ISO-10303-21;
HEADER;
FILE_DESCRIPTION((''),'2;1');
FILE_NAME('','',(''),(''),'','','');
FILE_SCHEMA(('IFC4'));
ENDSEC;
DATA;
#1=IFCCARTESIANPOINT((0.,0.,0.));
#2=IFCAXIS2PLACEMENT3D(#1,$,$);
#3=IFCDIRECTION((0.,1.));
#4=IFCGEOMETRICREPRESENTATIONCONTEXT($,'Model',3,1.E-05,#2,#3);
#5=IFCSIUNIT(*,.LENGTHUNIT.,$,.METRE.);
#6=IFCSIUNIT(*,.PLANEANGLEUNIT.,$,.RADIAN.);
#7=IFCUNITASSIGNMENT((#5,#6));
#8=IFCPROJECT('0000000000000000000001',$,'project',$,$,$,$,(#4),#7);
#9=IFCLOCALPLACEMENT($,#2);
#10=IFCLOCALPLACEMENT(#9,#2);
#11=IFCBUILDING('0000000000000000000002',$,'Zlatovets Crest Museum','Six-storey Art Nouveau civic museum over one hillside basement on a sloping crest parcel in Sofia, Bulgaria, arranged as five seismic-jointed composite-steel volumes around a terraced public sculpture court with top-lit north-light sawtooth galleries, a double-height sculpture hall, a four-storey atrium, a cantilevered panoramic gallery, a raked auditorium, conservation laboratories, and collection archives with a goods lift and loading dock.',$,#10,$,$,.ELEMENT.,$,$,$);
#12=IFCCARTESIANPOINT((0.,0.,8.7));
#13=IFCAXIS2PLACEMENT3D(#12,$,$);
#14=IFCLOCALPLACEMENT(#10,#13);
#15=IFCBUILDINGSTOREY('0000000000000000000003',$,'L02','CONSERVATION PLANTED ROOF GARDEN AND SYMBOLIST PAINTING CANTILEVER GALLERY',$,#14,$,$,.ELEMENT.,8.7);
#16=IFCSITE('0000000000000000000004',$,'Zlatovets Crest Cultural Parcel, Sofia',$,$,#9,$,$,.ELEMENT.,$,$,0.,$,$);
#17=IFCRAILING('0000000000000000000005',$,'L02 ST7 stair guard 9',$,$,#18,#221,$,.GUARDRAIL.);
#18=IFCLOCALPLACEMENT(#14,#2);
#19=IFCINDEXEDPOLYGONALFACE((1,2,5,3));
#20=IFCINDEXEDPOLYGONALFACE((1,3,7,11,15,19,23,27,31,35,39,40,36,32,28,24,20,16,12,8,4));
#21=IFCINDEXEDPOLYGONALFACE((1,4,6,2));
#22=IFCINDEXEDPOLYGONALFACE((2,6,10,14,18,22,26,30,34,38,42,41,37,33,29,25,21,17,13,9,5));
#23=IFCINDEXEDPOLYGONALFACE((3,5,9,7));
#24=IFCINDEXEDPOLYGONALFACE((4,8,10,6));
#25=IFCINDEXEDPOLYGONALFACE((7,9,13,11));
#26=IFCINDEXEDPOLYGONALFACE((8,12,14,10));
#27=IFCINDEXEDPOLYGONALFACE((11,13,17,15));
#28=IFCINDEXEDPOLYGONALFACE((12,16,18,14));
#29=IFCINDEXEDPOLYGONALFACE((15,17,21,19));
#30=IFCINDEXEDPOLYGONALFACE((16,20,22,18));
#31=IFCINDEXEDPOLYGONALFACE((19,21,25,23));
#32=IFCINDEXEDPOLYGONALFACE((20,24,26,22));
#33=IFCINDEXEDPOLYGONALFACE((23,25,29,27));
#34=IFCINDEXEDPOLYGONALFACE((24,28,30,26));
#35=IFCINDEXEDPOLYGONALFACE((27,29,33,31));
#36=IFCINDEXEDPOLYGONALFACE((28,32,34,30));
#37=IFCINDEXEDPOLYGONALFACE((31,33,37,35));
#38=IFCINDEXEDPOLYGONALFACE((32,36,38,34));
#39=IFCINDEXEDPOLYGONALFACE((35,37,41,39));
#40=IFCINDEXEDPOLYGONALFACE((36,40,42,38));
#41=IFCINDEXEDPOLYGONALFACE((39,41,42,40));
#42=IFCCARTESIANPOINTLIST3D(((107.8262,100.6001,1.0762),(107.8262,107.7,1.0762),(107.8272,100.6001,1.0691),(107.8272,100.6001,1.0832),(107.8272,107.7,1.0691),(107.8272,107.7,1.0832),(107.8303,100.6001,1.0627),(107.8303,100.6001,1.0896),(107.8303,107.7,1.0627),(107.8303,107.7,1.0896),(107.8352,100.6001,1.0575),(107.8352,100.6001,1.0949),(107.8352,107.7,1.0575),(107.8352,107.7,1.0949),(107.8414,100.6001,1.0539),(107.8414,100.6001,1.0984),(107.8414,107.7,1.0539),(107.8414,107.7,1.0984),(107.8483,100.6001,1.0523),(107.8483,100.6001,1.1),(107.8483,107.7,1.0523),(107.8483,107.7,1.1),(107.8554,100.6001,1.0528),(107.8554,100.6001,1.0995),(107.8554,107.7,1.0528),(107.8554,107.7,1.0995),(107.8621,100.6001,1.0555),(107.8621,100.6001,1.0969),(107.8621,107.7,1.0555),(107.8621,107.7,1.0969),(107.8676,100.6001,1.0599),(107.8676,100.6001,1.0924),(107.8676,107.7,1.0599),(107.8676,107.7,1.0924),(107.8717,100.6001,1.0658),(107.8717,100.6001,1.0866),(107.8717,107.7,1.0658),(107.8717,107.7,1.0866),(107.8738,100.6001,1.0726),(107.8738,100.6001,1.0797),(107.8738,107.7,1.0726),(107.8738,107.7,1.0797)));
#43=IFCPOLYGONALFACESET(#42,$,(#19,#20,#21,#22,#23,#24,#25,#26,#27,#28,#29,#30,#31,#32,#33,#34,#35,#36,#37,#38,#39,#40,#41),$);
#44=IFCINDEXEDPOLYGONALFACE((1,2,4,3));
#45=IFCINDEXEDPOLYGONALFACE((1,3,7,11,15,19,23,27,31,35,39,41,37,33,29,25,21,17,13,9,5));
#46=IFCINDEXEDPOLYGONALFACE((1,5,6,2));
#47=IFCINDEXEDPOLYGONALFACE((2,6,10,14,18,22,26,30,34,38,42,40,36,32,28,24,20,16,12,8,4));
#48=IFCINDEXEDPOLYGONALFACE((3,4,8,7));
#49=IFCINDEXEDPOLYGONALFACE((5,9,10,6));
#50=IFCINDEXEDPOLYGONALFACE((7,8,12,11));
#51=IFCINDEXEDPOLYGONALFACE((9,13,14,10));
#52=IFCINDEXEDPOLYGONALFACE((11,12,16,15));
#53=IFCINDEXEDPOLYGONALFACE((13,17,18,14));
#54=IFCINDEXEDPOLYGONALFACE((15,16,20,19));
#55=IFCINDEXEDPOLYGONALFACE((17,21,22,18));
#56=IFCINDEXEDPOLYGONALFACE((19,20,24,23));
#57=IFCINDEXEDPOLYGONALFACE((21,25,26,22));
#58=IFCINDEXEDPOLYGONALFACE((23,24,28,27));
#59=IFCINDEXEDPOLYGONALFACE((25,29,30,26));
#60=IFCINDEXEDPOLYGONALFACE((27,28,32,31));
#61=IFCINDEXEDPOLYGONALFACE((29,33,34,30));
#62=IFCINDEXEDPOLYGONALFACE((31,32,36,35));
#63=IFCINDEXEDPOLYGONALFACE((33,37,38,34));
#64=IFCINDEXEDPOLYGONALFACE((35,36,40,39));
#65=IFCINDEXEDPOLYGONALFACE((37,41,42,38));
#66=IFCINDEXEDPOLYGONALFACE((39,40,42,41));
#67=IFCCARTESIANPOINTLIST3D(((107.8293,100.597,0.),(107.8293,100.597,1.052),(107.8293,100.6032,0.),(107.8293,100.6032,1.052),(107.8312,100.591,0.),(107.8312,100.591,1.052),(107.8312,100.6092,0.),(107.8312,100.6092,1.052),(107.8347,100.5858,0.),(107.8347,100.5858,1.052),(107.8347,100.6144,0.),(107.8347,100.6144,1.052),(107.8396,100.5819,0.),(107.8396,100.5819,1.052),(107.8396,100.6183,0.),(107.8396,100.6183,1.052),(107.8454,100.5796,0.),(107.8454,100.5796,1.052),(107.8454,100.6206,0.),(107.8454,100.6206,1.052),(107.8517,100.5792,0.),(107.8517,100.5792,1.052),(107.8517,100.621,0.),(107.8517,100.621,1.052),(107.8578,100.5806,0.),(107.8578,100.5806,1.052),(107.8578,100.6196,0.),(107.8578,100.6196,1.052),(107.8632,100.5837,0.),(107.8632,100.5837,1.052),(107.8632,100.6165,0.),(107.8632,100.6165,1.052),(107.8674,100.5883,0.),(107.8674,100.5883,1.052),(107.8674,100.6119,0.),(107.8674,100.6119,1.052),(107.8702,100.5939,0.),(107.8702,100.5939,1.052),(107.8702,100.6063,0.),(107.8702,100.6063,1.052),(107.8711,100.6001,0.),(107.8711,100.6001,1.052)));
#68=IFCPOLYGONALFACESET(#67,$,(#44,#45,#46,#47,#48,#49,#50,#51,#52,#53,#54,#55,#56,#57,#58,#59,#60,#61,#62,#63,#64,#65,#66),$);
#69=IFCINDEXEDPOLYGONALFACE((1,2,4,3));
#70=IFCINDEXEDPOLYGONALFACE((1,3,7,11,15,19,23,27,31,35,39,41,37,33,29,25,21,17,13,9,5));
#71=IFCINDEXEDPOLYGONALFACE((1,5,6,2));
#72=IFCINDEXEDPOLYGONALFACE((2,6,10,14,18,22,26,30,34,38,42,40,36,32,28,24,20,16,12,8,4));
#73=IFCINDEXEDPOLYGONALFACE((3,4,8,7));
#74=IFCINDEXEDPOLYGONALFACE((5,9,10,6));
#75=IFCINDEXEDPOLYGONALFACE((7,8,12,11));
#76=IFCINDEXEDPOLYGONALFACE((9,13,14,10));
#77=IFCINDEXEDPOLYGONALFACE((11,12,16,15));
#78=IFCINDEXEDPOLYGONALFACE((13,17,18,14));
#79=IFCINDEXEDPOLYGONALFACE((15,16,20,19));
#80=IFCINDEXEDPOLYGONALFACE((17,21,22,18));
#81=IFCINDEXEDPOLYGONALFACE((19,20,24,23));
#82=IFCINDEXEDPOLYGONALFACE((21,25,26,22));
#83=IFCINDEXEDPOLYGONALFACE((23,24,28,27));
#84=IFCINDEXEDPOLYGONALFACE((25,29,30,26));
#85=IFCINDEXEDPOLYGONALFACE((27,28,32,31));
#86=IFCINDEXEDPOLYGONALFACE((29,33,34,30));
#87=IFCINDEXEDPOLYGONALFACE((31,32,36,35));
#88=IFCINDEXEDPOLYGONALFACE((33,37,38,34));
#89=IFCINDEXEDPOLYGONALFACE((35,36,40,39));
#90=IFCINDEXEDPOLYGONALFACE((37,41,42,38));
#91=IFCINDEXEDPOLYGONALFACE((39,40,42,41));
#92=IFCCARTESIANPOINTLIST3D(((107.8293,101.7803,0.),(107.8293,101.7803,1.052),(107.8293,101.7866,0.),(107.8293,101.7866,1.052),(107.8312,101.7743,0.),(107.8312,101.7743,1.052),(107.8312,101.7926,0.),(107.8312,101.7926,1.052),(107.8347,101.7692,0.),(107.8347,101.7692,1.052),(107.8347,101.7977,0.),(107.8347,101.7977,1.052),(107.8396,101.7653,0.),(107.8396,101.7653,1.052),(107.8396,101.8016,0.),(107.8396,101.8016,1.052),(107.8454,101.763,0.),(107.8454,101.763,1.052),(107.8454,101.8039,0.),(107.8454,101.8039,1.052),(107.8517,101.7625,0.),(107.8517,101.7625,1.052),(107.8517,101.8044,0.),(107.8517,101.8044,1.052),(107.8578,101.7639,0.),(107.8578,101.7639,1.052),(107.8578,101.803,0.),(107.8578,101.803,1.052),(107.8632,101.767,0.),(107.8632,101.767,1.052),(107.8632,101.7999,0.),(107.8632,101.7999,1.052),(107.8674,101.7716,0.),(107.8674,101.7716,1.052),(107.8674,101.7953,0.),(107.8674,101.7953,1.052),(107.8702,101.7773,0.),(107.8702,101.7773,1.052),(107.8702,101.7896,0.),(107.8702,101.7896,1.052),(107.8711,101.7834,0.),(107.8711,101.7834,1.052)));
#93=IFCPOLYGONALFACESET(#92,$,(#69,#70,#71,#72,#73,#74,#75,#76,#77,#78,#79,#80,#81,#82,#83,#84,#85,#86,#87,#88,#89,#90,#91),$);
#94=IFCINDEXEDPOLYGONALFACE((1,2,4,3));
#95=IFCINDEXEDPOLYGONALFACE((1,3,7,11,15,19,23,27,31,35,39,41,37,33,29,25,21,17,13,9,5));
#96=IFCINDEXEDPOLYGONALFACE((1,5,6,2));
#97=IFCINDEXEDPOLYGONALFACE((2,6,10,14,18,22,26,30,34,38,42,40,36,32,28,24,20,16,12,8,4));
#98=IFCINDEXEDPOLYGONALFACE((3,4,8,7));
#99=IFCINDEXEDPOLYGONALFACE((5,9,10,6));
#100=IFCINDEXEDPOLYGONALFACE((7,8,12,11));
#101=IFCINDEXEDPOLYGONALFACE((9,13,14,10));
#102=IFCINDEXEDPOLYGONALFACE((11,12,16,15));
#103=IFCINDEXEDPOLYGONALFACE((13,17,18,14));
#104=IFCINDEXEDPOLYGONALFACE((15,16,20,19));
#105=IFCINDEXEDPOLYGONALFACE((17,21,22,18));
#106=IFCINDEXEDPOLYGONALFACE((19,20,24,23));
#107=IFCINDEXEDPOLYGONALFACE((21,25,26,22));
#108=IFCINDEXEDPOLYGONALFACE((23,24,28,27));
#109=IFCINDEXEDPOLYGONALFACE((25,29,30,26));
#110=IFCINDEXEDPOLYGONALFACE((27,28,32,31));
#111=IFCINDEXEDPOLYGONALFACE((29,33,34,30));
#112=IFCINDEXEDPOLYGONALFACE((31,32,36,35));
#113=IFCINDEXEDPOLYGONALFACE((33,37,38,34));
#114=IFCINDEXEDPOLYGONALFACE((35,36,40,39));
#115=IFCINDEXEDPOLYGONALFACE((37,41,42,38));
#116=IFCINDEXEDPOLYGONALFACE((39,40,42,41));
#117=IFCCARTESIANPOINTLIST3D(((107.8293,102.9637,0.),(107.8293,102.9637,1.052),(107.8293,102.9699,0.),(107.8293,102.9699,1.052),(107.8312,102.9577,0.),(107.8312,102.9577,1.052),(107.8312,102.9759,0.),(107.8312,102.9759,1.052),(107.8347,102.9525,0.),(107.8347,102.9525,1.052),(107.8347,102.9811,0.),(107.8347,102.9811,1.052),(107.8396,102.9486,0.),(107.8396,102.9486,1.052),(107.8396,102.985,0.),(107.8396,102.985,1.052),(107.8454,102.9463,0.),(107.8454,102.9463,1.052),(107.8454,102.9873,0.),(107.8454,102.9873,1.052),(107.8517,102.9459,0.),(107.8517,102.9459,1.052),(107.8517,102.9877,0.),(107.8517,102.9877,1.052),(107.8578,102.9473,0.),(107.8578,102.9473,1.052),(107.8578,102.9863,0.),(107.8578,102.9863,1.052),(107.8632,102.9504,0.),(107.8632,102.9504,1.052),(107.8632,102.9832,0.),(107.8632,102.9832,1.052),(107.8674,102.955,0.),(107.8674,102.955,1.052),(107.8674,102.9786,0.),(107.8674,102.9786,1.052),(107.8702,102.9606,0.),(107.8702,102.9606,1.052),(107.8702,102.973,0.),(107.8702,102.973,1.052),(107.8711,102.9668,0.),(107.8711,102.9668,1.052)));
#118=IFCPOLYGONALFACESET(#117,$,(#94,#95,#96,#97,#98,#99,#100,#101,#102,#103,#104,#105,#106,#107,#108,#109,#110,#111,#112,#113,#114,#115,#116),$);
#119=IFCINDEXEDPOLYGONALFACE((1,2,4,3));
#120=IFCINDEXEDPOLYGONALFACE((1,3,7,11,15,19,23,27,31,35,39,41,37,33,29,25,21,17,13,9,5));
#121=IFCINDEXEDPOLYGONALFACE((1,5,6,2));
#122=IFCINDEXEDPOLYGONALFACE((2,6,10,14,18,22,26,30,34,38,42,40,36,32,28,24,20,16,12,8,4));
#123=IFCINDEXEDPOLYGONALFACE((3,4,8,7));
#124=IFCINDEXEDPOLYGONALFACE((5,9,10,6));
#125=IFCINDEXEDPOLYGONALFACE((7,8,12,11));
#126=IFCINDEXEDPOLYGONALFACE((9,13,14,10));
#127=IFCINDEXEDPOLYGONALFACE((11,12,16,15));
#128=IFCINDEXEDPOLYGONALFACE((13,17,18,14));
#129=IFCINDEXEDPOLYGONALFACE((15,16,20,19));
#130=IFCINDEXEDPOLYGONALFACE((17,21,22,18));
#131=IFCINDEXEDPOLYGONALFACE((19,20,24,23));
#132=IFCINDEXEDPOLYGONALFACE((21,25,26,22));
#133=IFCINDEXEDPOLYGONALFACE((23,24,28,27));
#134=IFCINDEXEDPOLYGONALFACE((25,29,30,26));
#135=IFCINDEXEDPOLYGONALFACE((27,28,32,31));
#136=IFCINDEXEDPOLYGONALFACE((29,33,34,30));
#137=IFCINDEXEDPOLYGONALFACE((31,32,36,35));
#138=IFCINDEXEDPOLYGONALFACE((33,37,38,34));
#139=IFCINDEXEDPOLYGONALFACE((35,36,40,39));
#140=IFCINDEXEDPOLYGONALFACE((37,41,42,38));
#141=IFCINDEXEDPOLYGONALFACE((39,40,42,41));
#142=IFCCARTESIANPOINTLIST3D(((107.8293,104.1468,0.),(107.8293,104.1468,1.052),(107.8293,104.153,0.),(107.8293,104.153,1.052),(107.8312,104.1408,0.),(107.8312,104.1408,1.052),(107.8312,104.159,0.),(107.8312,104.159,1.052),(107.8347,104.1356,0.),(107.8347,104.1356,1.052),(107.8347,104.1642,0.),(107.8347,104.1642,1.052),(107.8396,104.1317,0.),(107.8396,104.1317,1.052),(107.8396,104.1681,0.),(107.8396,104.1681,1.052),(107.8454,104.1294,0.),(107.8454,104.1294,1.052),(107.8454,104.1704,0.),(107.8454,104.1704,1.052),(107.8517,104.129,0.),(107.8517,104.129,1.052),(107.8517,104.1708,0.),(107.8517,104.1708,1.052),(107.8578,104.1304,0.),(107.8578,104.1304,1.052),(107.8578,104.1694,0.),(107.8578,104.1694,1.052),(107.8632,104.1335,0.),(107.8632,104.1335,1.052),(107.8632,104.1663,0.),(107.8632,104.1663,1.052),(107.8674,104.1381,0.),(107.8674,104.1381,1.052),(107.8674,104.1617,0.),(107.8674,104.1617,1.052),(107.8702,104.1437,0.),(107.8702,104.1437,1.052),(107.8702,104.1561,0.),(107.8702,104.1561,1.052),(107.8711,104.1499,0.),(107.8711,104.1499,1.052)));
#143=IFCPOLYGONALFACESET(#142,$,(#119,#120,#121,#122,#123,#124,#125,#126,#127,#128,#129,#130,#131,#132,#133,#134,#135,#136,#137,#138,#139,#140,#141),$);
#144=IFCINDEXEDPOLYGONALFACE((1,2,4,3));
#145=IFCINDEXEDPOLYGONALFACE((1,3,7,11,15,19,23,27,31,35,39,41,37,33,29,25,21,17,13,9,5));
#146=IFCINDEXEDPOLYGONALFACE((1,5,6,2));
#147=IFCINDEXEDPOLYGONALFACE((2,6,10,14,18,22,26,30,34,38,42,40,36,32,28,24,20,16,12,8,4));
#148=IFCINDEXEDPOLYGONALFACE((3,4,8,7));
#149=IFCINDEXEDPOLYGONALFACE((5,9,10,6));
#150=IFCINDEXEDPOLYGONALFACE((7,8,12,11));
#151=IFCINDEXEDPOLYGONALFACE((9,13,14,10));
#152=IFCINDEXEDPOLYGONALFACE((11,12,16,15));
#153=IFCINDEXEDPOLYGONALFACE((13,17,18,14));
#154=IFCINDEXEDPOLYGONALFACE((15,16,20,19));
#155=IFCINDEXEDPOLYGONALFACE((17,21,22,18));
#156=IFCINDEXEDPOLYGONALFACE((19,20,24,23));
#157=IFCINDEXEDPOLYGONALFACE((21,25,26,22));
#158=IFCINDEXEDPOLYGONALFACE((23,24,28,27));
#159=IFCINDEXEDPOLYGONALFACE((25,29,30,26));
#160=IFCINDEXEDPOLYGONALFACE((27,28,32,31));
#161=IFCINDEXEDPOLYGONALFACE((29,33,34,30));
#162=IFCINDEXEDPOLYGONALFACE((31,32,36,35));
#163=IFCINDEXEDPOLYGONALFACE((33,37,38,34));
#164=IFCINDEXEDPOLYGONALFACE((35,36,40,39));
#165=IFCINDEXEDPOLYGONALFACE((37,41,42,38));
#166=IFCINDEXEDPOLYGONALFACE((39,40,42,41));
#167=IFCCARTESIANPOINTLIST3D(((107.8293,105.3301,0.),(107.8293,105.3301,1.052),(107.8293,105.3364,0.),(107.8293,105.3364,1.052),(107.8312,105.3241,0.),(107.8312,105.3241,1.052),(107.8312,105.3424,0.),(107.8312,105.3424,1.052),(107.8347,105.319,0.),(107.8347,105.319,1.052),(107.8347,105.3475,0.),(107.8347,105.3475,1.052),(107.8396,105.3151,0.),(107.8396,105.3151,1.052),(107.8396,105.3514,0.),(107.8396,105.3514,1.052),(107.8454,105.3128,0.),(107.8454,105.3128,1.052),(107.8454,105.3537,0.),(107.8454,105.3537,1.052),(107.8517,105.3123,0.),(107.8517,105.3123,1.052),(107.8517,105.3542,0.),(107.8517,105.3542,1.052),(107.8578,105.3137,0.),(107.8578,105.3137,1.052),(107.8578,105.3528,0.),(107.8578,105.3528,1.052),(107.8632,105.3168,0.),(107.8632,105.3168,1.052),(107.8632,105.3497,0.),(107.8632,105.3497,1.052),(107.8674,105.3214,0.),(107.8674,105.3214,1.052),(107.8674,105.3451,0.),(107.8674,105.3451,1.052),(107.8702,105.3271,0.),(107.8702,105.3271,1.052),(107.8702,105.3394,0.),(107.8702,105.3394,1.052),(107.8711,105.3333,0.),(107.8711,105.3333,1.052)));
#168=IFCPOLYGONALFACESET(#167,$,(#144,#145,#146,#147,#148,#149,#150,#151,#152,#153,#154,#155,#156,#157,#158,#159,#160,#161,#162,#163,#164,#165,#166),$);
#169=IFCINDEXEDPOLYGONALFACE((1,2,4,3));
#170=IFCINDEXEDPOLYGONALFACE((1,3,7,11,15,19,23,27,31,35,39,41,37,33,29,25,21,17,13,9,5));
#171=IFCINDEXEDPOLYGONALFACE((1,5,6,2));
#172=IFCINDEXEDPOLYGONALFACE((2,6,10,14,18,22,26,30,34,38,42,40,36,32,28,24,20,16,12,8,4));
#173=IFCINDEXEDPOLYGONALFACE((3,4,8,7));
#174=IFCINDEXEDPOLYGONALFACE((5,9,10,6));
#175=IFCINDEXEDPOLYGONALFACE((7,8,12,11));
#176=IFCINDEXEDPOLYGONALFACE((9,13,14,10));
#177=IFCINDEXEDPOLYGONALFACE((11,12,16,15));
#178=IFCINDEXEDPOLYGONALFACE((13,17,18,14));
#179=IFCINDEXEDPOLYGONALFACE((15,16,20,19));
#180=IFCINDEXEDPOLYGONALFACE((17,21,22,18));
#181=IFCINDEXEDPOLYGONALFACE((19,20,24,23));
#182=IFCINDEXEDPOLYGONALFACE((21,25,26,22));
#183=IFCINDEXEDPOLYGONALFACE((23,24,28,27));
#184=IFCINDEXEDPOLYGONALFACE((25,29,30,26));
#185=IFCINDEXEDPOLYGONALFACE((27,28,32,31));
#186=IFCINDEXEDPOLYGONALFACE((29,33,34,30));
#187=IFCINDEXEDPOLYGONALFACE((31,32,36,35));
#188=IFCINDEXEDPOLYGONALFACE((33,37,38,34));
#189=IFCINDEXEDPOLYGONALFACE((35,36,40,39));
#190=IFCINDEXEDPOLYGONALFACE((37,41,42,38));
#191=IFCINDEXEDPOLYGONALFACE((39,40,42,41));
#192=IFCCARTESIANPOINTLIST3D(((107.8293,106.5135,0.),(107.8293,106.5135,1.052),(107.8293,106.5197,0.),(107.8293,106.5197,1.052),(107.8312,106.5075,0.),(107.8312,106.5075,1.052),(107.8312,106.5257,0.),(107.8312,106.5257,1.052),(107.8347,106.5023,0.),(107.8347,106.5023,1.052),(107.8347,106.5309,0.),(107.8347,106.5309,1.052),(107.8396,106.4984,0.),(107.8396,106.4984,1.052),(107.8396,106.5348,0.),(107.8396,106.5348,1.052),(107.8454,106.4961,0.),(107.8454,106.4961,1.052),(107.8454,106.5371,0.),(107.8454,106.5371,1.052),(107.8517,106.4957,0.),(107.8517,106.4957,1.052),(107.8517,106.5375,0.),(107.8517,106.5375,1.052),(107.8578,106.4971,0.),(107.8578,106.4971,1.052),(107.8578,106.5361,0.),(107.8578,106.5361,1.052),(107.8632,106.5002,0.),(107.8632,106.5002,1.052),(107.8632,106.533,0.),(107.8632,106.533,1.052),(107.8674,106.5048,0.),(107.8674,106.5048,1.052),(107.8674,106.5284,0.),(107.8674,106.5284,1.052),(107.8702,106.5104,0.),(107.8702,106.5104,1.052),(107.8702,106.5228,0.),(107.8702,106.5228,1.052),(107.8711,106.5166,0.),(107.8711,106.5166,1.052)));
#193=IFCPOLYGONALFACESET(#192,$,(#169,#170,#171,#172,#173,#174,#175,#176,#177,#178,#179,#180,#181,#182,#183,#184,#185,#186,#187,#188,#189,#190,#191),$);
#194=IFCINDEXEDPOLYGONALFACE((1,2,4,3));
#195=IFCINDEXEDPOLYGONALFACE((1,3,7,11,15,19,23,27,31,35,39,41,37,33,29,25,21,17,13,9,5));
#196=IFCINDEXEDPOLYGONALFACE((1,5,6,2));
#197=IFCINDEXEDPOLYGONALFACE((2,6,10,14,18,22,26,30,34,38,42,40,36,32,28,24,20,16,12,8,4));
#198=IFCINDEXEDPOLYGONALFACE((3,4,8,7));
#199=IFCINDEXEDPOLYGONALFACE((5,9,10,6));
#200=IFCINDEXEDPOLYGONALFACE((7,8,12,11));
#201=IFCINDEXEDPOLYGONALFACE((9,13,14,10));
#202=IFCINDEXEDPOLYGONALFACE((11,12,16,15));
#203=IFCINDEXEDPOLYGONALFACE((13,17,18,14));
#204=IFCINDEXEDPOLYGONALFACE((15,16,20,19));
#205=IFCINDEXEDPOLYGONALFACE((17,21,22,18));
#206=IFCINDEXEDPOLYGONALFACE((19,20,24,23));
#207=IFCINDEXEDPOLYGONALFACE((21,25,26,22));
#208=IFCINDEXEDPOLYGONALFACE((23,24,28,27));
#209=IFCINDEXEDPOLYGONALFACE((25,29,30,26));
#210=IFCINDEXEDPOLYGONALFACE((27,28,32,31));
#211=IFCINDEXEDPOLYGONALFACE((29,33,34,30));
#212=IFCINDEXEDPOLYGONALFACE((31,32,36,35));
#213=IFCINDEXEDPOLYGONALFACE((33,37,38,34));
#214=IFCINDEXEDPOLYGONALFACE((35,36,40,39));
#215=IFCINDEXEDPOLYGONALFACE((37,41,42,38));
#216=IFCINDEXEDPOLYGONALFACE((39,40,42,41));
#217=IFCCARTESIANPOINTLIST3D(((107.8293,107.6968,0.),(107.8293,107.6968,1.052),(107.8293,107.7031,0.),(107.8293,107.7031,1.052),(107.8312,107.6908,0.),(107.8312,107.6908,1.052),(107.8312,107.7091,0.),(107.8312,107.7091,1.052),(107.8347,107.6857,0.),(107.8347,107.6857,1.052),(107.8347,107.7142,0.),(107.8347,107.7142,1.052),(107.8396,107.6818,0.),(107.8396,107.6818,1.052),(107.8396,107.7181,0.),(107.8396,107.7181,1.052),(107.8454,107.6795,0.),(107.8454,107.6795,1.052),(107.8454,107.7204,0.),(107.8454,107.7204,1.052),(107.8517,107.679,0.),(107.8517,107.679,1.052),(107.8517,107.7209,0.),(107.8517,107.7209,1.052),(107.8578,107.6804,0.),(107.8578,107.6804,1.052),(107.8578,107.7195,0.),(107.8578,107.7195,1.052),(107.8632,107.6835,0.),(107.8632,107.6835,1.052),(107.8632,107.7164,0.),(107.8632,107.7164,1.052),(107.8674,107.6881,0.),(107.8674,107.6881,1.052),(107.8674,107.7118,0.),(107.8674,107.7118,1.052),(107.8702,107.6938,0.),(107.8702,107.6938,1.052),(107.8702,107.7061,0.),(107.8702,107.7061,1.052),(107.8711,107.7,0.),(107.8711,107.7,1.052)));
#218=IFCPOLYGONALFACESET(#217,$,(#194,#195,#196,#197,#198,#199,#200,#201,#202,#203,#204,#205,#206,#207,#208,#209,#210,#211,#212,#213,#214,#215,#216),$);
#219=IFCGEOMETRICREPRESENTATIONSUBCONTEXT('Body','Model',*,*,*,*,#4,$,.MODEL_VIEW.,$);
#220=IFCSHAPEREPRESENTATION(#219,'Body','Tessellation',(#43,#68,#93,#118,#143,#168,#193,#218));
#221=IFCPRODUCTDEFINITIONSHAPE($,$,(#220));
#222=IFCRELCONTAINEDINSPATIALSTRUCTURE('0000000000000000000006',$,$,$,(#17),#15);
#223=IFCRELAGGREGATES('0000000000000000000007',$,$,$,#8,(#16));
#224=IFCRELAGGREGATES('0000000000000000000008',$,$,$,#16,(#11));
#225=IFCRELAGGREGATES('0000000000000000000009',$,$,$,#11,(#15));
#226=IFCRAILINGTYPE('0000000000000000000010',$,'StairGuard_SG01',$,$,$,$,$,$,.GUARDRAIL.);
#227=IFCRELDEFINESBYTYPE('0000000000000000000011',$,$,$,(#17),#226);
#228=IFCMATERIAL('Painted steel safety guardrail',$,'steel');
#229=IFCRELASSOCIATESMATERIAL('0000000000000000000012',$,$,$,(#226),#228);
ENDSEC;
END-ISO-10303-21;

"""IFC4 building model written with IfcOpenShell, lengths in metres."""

from ifc_helpers import new_model, si_unit, direction, frame, origin, origin_2d, place, context, subcontext, project, spatial, circle, extrude, material, type_object, element, save


model = new_model("IFC4")

# Units and contexts
model_context = context("Model", 3, precision=1e-05, world=origin(), true_north=direction((0.0, 1.0)))
body_context = subcontext(model_context, "Body", "Model", "MODEL_VIEW")
ifc_project = project(units=[si_unit("LENGTHUNIT", "METRE"), si_unit("PLANEANGLEUNIT", "RADIAN")], contexts=[model_context])

# Site, building, storey
site_placement = place(None, origin())
site = spatial("IfcSite", under=ifc_project, at=site_placement, Name="Zlatovets Crest Cultural Parcel, Sofia", CompositionType="ELEMENT", RefElevation=0.0)
building_placement = place(site_placement, origin())
building = spatial("IfcBuilding", under=site, at=building_placement, Name="Zlatovets Crest Museum", Description="Six-storey Art Nouveau civic museum over one hillside basement on a sloping crest parcel in Sofia, Bulgaria, arranged as five seismic-jointed composite-steel volumes around a terraced public sculpture court with top-lit north-light sawtooth galleries, a double-height sculpture hall, a four-storey atrium, a cantilevered panoramic gallery, a raked auditorium, conservation laboratories, and collection archives with a goods lift and loading dock.", CompositionType="ELEMENT")
storey_placement = place(building_placement, frame((0.0, 0.0, 8.7)))
storey = spatial("IfcBuildingStorey", under=building, at=storey_placement, Name="L02", Description="CONSERVATION PLANTED ROOF GARDEN AND SYMBOLIST PAINTING CANTILEVER GALLERY", CompositionType="ELEMENT", Elevation=8.7)

# Railing
ifc_material_1 = material(Name="Painted steel safety guardrail", Category="steel")
railing_type_1 = type_object("IfcRailingType", Name="StairGuard_SG01", PredefinedType="GUARDRAIL", material=ifc_material_1)
railing_1_placement = place(storey_placement, frame((107.8501, 100.6001, 0.0)))
element("IfcRailing", 1, at=railing_1_placement, inside=storey, type_object=railing_type_1, Name="L02 ST7 stair guard 9", PredefinedType="GUARDRAIL", context=body_context, shape_type="SweptSolid", body=[
    extrude(circle(Radius=0.0239, at=origin_2d()), frame((0.0, 0.0, 1.0762), z_axis=(0.0, 1.0, 0.0), x_axis=(-1.0, 0.0, 0.0)), (0.0, 0.0, 1.0), 7.0999),
    extrude(circle(Radius=0.021, at=origin_2d()), origin(), (0.0, 0.0, 1.0), 1.052),
    extrude(circle(Radius=0.021, at=origin_2d()), frame((0.0, 1.1833, 0.0)), (0.0, 0.0, 1.0), 1.052),
    extrude(circle(Radius=0.021, at=origin_2d()), frame((0.0, 2.3667, 0.0)), (0.0, 0.0, 1.0), 1.052),
    extrude(circle(Radius=0.021, at=origin_2d()), frame((0.0, 3.5498, 0.0)), (0.0, 0.0, 1.0), 1.052),
    extrude(circle(Radius=0.021, at=origin_2d()), frame((0.0, 4.7332, 0.0)), (0.0, 0.0, 1.0), 1.052),
    extrude(circle(Radius=0.021, at=origin_2d()), frame((0.0, 5.9165, 0.0)), (0.0, 0.0, 1.0), 1.052),
    extrude(circle(Radius=0.021, at=origin_2d()), frame((0.0, 7.0999, 0.0)), (0.0, 0.0, 1.0), 1.052),
])

save(model, "model.ifc")
